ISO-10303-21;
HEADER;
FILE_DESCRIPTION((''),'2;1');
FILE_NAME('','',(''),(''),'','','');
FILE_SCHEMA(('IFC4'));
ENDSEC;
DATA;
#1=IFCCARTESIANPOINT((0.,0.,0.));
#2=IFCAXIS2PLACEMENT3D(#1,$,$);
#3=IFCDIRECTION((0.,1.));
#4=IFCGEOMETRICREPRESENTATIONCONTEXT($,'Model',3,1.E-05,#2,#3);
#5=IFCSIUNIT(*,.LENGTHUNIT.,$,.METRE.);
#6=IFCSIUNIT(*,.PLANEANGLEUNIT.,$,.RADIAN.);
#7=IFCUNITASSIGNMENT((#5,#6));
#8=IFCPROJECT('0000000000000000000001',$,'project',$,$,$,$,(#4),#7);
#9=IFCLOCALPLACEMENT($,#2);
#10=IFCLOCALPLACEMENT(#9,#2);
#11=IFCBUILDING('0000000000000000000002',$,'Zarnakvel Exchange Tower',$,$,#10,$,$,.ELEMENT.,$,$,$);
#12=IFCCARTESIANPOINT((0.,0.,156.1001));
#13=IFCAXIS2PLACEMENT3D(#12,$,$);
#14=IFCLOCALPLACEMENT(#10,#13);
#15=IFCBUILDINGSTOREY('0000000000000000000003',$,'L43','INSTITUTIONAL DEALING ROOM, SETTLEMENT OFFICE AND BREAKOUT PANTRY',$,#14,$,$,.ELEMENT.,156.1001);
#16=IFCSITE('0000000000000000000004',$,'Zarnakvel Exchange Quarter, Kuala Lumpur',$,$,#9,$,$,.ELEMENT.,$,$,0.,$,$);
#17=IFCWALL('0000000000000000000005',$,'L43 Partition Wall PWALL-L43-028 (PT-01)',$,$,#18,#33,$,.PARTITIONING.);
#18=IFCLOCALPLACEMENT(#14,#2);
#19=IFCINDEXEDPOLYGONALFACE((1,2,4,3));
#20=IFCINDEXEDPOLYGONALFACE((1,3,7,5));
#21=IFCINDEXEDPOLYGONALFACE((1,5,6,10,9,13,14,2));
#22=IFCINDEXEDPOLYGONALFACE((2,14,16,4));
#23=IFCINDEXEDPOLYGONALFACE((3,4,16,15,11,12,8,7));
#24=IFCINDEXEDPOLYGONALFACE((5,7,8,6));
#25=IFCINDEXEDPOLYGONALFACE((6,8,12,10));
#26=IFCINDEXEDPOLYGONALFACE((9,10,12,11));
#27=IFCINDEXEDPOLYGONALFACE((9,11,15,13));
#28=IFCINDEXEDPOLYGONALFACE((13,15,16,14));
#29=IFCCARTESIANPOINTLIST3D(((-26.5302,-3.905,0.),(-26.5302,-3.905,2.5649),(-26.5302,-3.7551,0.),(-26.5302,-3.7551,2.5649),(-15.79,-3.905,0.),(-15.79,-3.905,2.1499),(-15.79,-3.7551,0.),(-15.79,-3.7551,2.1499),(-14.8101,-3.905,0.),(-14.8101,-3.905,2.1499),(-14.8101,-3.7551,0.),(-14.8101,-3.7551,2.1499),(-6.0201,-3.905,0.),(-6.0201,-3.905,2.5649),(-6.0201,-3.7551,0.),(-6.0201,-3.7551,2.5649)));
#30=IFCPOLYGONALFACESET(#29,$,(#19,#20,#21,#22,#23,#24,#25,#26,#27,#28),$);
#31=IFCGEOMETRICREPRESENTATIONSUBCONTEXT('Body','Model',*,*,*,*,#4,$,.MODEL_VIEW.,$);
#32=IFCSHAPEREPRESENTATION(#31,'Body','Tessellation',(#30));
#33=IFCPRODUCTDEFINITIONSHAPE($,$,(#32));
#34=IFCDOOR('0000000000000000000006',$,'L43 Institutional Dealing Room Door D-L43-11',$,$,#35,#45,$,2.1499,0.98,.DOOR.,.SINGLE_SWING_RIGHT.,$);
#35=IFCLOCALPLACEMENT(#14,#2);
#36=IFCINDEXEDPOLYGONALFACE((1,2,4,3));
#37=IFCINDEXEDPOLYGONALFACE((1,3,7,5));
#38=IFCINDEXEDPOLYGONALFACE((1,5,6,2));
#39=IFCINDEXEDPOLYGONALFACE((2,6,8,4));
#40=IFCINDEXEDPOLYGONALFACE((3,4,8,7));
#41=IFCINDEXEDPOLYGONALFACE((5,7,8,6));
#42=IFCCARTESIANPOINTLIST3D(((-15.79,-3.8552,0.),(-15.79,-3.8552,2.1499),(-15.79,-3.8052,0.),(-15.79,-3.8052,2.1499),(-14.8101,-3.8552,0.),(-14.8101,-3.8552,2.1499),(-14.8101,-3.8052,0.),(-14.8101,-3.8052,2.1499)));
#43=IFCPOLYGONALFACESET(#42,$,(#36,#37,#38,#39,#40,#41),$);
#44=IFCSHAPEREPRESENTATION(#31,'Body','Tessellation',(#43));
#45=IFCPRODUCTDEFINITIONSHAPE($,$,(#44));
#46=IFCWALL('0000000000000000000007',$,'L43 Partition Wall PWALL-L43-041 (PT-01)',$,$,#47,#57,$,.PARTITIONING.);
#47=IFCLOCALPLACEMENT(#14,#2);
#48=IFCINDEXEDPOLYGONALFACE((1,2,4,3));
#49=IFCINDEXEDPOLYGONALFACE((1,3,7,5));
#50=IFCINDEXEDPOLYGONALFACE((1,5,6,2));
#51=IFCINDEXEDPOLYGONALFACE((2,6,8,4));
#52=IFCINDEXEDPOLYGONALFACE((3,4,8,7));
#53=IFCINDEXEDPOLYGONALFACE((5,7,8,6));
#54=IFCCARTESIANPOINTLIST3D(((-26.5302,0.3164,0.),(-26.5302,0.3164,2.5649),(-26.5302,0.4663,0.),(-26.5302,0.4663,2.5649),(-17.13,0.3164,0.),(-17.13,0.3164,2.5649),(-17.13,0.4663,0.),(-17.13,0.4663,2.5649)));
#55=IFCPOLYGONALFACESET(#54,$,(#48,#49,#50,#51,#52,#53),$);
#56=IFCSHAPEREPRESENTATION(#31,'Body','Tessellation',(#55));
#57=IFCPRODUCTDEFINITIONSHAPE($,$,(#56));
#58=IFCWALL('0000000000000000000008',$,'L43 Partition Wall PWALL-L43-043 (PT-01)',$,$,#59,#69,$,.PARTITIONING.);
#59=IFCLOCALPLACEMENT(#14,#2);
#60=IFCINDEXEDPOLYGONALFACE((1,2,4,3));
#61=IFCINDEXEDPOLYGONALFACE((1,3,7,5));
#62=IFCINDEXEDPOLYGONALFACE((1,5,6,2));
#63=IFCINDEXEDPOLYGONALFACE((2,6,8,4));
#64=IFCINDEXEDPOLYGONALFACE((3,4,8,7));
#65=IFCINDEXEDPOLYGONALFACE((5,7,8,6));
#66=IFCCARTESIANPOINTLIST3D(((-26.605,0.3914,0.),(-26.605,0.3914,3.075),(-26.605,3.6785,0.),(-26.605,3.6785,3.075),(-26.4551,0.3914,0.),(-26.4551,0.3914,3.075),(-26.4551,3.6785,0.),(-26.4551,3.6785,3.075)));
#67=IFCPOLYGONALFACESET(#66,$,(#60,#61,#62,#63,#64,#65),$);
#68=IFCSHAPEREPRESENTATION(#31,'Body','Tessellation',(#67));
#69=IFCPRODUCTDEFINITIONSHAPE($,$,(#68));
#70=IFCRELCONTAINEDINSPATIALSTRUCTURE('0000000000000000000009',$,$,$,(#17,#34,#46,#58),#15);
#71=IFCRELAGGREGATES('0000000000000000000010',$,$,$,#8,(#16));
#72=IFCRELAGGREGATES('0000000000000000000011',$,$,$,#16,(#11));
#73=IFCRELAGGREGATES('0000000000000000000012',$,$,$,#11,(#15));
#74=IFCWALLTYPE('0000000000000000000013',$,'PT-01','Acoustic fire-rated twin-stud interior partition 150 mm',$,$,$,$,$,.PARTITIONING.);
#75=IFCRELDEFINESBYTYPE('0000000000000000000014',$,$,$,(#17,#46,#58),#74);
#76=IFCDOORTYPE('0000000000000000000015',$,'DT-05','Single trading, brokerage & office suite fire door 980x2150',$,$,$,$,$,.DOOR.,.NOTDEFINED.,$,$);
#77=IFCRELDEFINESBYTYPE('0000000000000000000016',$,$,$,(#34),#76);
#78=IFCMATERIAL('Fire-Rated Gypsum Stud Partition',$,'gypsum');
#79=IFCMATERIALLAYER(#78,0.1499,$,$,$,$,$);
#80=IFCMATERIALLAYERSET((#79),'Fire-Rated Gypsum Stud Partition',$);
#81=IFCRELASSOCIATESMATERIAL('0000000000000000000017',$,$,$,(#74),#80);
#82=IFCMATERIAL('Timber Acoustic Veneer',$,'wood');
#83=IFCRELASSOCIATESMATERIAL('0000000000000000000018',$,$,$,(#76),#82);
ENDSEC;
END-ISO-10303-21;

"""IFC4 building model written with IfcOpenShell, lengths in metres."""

from ifc_helpers import new_model, si_unit, direction, frame, frame_2d, origin, place, context, subcontext, project, spatial, rectangle, extrude, source, transform, mapped, material, layer, layer_set, type_object, element, fill, save


model = new_model("IFC4")

# Units and contexts
model_context = context("Model", 3, precision=1e-05, world=origin(), true_north=direction((0.0, 1.0)))
body_context = subcontext(model_context, "Body", "Model", "MODEL_VIEW")
ifc_project = project(units=[si_unit("LENGTHUNIT", "METRE"), si_unit("PLANEANGLEUNIT", "RADIAN")], contexts=[model_context])

# Site, building, storey
site_placement = place(None, origin())
site = spatial("IfcSite", under=ifc_project, at=site_placement, Name="Zarnakvel Exchange Quarter, Kuala Lumpur", CompositionType="ELEMENT", RefElevation=0.0)
building_placement = place(site_placement, origin())
building = spatial("IfcBuilding", under=site, at=building_placement, Name="Zarnakvel Exchange Tower", CompositionType="ELEMENT")
storey_placement = place(building_placement, frame((0.0, 0.0, 156.1001)))
storey = spatial("IfcBuildingStorey", under=building, at=storey_placement, Name="L43", Description="INSTITUTIONAL DEALING ROOM, SETTLEMENT OFFICE AND BREAKOUT PANTRY", CompositionType="ELEMENT", Elevation=156.1001)

# Wall, opening, door
ifc_material_1 = material(Name="Fire-Rated Gypsum Stud Partition", Category="gypsum")
ifc_layer_1 = layer(ifc_material_1, 0.1499)
ifc_layer_set_1 = layer_set([ifc_layer_1], Name="Fire-Rated Gypsum Stud Partition")
wall_type_1 = type_object("IfcWallType", Name="PT-01", Description="Acoustic fire-rated twin-stud interior partition 150 mm", PredefinedType="PARTITIONING", material=ifc_layer_set_1)
wall_1_placement = place(storey_placement, frame((-26.53, -3.8301, 0.0), z_axis=(0.0, 0.0, 1.0), x_axis=(1.0, 0.0, 0.0)))
wall_1 = element("IfcWall", 1, at=wall_1_placement, inside=storey, type_object=wall_type_1, Name="L43 Partition Wall PWALL-L43-028 (PT-01)", PredefinedType="PARTITIONING", context=body_context, shape_type="SweptSolid", body=[
    extrude(rectangle(XDim=20.51, YDim=0.1499, at=frame_2d((10.2549, 0.0))), origin(), (0.0, 0.0, 1.0), 2.5649),
])
opening_placement = place(wall_1_placement, frame((10.74, 0.0, 0.0)))
opening = element("IfcOpeningElement", 2, at=opening_placement, cuts=wall_1, PredefinedType="OPENING", context=body_context, shape_type="SweptSolid", body=[
    extrude(rectangle(XDim=0.98, YDim=2.1499, at=frame_2d((0.49, 1.075))), frame((0.0, 0.085, 0.0), z_axis=(0.0, -1.0, 0.0), x_axis=(1.0, 0.0, 0.0)), (0.0, 0.0, 1.0), 0.1699),
])
ifc_material_2 = material(Name="Timber Acoustic Veneer", Category="wood")
door_type = type_object("IfcDoorType", Name="DT-05", Description="Single trading, brokerage & office suite fire door 980x2150", OperationType="NOTDEFINED", PredefinedType="DOOR", material=ifc_material_2)
shared_shape_1 = source(origin(), body_context, "Body", "SweptSolid", [
    extrude(rectangle(XDim=0.98, YDim=2.1499, at=frame_2d((0.49, 1.075))), frame((0.0, 0.0249, 0.0), z_axis=(0.0, -1.0, 0.0), x_axis=(1.0, 0.0, 0.0)), (0.0, 0.0, 1.0), 0.05),
])
door_placement = place(opening_placement, origin())
door = element("IfcDoor", 3, at=door_placement, inside=storey, type_object=door_type, Name="L43 Institutional Dealing Room Door D-L43-11", OperationType="SINGLE_SWING_RIGHT", OverallHeight=2.1499, OverallWidth=0.98, PredefinedType="DOOR", context=body_context, shape_type="MappedRepresentation", body=[
    mapped(shared_shape_1, transform((0.0, 0.0, 0.0), x_axis=(1.0, 0.0, 0.0), y_axis=(0.0, 1.0, 0.0), z_axis=(0.0, 0.0, 1.0), scale=1.0)),
])
fill(opening, door)

# Walls
wall_2_placement = place(storey_placement, frame((-17.1299, 0.3914, 0.0), z_axis=(0.0, 0.0, 1.0), x_axis=(-1.0, 0.0, 0.0)))
element("IfcWall", 4, at=wall_2_placement, inside=storey, type_object=wall_type_1, Name="L43 Partition Wall PWALL-L43-041 (PT-01)", PredefinedType="PARTITIONING", context=body_context, shape_type="SweptSolid", body=[
    extrude(rectangle(XDim=9.4001, YDim=0.1499, at=frame_2d((4.7002, 0.0))), origin(), (0.0, 0.0, 1.0), 2.5649),
])
wall_3_placement = place(storey_placement, frame((-26.53, 0.3914, 0.0), z_axis=(0.0, 0.0, 1.0), x_axis=(0.0, 1.0, 0.0)))
element("IfcWall", 5, at=wall_3_placement, inside=storey, type_object=wall_type_1, Name="L43 Partition Wall PWALL-L43-043 (PT-01)", PredefinedType="PARTITIONING", context=body_context, shape_type="SweptSolid", body=[
    extrude(rectangle(XDim=3.2871, YDim=0.1499, at=frame_2d((1.6436, 0.0))), origin(), (0.0, 0.0, 1.0), 3.075),
])

save(model, "model.ifc")
